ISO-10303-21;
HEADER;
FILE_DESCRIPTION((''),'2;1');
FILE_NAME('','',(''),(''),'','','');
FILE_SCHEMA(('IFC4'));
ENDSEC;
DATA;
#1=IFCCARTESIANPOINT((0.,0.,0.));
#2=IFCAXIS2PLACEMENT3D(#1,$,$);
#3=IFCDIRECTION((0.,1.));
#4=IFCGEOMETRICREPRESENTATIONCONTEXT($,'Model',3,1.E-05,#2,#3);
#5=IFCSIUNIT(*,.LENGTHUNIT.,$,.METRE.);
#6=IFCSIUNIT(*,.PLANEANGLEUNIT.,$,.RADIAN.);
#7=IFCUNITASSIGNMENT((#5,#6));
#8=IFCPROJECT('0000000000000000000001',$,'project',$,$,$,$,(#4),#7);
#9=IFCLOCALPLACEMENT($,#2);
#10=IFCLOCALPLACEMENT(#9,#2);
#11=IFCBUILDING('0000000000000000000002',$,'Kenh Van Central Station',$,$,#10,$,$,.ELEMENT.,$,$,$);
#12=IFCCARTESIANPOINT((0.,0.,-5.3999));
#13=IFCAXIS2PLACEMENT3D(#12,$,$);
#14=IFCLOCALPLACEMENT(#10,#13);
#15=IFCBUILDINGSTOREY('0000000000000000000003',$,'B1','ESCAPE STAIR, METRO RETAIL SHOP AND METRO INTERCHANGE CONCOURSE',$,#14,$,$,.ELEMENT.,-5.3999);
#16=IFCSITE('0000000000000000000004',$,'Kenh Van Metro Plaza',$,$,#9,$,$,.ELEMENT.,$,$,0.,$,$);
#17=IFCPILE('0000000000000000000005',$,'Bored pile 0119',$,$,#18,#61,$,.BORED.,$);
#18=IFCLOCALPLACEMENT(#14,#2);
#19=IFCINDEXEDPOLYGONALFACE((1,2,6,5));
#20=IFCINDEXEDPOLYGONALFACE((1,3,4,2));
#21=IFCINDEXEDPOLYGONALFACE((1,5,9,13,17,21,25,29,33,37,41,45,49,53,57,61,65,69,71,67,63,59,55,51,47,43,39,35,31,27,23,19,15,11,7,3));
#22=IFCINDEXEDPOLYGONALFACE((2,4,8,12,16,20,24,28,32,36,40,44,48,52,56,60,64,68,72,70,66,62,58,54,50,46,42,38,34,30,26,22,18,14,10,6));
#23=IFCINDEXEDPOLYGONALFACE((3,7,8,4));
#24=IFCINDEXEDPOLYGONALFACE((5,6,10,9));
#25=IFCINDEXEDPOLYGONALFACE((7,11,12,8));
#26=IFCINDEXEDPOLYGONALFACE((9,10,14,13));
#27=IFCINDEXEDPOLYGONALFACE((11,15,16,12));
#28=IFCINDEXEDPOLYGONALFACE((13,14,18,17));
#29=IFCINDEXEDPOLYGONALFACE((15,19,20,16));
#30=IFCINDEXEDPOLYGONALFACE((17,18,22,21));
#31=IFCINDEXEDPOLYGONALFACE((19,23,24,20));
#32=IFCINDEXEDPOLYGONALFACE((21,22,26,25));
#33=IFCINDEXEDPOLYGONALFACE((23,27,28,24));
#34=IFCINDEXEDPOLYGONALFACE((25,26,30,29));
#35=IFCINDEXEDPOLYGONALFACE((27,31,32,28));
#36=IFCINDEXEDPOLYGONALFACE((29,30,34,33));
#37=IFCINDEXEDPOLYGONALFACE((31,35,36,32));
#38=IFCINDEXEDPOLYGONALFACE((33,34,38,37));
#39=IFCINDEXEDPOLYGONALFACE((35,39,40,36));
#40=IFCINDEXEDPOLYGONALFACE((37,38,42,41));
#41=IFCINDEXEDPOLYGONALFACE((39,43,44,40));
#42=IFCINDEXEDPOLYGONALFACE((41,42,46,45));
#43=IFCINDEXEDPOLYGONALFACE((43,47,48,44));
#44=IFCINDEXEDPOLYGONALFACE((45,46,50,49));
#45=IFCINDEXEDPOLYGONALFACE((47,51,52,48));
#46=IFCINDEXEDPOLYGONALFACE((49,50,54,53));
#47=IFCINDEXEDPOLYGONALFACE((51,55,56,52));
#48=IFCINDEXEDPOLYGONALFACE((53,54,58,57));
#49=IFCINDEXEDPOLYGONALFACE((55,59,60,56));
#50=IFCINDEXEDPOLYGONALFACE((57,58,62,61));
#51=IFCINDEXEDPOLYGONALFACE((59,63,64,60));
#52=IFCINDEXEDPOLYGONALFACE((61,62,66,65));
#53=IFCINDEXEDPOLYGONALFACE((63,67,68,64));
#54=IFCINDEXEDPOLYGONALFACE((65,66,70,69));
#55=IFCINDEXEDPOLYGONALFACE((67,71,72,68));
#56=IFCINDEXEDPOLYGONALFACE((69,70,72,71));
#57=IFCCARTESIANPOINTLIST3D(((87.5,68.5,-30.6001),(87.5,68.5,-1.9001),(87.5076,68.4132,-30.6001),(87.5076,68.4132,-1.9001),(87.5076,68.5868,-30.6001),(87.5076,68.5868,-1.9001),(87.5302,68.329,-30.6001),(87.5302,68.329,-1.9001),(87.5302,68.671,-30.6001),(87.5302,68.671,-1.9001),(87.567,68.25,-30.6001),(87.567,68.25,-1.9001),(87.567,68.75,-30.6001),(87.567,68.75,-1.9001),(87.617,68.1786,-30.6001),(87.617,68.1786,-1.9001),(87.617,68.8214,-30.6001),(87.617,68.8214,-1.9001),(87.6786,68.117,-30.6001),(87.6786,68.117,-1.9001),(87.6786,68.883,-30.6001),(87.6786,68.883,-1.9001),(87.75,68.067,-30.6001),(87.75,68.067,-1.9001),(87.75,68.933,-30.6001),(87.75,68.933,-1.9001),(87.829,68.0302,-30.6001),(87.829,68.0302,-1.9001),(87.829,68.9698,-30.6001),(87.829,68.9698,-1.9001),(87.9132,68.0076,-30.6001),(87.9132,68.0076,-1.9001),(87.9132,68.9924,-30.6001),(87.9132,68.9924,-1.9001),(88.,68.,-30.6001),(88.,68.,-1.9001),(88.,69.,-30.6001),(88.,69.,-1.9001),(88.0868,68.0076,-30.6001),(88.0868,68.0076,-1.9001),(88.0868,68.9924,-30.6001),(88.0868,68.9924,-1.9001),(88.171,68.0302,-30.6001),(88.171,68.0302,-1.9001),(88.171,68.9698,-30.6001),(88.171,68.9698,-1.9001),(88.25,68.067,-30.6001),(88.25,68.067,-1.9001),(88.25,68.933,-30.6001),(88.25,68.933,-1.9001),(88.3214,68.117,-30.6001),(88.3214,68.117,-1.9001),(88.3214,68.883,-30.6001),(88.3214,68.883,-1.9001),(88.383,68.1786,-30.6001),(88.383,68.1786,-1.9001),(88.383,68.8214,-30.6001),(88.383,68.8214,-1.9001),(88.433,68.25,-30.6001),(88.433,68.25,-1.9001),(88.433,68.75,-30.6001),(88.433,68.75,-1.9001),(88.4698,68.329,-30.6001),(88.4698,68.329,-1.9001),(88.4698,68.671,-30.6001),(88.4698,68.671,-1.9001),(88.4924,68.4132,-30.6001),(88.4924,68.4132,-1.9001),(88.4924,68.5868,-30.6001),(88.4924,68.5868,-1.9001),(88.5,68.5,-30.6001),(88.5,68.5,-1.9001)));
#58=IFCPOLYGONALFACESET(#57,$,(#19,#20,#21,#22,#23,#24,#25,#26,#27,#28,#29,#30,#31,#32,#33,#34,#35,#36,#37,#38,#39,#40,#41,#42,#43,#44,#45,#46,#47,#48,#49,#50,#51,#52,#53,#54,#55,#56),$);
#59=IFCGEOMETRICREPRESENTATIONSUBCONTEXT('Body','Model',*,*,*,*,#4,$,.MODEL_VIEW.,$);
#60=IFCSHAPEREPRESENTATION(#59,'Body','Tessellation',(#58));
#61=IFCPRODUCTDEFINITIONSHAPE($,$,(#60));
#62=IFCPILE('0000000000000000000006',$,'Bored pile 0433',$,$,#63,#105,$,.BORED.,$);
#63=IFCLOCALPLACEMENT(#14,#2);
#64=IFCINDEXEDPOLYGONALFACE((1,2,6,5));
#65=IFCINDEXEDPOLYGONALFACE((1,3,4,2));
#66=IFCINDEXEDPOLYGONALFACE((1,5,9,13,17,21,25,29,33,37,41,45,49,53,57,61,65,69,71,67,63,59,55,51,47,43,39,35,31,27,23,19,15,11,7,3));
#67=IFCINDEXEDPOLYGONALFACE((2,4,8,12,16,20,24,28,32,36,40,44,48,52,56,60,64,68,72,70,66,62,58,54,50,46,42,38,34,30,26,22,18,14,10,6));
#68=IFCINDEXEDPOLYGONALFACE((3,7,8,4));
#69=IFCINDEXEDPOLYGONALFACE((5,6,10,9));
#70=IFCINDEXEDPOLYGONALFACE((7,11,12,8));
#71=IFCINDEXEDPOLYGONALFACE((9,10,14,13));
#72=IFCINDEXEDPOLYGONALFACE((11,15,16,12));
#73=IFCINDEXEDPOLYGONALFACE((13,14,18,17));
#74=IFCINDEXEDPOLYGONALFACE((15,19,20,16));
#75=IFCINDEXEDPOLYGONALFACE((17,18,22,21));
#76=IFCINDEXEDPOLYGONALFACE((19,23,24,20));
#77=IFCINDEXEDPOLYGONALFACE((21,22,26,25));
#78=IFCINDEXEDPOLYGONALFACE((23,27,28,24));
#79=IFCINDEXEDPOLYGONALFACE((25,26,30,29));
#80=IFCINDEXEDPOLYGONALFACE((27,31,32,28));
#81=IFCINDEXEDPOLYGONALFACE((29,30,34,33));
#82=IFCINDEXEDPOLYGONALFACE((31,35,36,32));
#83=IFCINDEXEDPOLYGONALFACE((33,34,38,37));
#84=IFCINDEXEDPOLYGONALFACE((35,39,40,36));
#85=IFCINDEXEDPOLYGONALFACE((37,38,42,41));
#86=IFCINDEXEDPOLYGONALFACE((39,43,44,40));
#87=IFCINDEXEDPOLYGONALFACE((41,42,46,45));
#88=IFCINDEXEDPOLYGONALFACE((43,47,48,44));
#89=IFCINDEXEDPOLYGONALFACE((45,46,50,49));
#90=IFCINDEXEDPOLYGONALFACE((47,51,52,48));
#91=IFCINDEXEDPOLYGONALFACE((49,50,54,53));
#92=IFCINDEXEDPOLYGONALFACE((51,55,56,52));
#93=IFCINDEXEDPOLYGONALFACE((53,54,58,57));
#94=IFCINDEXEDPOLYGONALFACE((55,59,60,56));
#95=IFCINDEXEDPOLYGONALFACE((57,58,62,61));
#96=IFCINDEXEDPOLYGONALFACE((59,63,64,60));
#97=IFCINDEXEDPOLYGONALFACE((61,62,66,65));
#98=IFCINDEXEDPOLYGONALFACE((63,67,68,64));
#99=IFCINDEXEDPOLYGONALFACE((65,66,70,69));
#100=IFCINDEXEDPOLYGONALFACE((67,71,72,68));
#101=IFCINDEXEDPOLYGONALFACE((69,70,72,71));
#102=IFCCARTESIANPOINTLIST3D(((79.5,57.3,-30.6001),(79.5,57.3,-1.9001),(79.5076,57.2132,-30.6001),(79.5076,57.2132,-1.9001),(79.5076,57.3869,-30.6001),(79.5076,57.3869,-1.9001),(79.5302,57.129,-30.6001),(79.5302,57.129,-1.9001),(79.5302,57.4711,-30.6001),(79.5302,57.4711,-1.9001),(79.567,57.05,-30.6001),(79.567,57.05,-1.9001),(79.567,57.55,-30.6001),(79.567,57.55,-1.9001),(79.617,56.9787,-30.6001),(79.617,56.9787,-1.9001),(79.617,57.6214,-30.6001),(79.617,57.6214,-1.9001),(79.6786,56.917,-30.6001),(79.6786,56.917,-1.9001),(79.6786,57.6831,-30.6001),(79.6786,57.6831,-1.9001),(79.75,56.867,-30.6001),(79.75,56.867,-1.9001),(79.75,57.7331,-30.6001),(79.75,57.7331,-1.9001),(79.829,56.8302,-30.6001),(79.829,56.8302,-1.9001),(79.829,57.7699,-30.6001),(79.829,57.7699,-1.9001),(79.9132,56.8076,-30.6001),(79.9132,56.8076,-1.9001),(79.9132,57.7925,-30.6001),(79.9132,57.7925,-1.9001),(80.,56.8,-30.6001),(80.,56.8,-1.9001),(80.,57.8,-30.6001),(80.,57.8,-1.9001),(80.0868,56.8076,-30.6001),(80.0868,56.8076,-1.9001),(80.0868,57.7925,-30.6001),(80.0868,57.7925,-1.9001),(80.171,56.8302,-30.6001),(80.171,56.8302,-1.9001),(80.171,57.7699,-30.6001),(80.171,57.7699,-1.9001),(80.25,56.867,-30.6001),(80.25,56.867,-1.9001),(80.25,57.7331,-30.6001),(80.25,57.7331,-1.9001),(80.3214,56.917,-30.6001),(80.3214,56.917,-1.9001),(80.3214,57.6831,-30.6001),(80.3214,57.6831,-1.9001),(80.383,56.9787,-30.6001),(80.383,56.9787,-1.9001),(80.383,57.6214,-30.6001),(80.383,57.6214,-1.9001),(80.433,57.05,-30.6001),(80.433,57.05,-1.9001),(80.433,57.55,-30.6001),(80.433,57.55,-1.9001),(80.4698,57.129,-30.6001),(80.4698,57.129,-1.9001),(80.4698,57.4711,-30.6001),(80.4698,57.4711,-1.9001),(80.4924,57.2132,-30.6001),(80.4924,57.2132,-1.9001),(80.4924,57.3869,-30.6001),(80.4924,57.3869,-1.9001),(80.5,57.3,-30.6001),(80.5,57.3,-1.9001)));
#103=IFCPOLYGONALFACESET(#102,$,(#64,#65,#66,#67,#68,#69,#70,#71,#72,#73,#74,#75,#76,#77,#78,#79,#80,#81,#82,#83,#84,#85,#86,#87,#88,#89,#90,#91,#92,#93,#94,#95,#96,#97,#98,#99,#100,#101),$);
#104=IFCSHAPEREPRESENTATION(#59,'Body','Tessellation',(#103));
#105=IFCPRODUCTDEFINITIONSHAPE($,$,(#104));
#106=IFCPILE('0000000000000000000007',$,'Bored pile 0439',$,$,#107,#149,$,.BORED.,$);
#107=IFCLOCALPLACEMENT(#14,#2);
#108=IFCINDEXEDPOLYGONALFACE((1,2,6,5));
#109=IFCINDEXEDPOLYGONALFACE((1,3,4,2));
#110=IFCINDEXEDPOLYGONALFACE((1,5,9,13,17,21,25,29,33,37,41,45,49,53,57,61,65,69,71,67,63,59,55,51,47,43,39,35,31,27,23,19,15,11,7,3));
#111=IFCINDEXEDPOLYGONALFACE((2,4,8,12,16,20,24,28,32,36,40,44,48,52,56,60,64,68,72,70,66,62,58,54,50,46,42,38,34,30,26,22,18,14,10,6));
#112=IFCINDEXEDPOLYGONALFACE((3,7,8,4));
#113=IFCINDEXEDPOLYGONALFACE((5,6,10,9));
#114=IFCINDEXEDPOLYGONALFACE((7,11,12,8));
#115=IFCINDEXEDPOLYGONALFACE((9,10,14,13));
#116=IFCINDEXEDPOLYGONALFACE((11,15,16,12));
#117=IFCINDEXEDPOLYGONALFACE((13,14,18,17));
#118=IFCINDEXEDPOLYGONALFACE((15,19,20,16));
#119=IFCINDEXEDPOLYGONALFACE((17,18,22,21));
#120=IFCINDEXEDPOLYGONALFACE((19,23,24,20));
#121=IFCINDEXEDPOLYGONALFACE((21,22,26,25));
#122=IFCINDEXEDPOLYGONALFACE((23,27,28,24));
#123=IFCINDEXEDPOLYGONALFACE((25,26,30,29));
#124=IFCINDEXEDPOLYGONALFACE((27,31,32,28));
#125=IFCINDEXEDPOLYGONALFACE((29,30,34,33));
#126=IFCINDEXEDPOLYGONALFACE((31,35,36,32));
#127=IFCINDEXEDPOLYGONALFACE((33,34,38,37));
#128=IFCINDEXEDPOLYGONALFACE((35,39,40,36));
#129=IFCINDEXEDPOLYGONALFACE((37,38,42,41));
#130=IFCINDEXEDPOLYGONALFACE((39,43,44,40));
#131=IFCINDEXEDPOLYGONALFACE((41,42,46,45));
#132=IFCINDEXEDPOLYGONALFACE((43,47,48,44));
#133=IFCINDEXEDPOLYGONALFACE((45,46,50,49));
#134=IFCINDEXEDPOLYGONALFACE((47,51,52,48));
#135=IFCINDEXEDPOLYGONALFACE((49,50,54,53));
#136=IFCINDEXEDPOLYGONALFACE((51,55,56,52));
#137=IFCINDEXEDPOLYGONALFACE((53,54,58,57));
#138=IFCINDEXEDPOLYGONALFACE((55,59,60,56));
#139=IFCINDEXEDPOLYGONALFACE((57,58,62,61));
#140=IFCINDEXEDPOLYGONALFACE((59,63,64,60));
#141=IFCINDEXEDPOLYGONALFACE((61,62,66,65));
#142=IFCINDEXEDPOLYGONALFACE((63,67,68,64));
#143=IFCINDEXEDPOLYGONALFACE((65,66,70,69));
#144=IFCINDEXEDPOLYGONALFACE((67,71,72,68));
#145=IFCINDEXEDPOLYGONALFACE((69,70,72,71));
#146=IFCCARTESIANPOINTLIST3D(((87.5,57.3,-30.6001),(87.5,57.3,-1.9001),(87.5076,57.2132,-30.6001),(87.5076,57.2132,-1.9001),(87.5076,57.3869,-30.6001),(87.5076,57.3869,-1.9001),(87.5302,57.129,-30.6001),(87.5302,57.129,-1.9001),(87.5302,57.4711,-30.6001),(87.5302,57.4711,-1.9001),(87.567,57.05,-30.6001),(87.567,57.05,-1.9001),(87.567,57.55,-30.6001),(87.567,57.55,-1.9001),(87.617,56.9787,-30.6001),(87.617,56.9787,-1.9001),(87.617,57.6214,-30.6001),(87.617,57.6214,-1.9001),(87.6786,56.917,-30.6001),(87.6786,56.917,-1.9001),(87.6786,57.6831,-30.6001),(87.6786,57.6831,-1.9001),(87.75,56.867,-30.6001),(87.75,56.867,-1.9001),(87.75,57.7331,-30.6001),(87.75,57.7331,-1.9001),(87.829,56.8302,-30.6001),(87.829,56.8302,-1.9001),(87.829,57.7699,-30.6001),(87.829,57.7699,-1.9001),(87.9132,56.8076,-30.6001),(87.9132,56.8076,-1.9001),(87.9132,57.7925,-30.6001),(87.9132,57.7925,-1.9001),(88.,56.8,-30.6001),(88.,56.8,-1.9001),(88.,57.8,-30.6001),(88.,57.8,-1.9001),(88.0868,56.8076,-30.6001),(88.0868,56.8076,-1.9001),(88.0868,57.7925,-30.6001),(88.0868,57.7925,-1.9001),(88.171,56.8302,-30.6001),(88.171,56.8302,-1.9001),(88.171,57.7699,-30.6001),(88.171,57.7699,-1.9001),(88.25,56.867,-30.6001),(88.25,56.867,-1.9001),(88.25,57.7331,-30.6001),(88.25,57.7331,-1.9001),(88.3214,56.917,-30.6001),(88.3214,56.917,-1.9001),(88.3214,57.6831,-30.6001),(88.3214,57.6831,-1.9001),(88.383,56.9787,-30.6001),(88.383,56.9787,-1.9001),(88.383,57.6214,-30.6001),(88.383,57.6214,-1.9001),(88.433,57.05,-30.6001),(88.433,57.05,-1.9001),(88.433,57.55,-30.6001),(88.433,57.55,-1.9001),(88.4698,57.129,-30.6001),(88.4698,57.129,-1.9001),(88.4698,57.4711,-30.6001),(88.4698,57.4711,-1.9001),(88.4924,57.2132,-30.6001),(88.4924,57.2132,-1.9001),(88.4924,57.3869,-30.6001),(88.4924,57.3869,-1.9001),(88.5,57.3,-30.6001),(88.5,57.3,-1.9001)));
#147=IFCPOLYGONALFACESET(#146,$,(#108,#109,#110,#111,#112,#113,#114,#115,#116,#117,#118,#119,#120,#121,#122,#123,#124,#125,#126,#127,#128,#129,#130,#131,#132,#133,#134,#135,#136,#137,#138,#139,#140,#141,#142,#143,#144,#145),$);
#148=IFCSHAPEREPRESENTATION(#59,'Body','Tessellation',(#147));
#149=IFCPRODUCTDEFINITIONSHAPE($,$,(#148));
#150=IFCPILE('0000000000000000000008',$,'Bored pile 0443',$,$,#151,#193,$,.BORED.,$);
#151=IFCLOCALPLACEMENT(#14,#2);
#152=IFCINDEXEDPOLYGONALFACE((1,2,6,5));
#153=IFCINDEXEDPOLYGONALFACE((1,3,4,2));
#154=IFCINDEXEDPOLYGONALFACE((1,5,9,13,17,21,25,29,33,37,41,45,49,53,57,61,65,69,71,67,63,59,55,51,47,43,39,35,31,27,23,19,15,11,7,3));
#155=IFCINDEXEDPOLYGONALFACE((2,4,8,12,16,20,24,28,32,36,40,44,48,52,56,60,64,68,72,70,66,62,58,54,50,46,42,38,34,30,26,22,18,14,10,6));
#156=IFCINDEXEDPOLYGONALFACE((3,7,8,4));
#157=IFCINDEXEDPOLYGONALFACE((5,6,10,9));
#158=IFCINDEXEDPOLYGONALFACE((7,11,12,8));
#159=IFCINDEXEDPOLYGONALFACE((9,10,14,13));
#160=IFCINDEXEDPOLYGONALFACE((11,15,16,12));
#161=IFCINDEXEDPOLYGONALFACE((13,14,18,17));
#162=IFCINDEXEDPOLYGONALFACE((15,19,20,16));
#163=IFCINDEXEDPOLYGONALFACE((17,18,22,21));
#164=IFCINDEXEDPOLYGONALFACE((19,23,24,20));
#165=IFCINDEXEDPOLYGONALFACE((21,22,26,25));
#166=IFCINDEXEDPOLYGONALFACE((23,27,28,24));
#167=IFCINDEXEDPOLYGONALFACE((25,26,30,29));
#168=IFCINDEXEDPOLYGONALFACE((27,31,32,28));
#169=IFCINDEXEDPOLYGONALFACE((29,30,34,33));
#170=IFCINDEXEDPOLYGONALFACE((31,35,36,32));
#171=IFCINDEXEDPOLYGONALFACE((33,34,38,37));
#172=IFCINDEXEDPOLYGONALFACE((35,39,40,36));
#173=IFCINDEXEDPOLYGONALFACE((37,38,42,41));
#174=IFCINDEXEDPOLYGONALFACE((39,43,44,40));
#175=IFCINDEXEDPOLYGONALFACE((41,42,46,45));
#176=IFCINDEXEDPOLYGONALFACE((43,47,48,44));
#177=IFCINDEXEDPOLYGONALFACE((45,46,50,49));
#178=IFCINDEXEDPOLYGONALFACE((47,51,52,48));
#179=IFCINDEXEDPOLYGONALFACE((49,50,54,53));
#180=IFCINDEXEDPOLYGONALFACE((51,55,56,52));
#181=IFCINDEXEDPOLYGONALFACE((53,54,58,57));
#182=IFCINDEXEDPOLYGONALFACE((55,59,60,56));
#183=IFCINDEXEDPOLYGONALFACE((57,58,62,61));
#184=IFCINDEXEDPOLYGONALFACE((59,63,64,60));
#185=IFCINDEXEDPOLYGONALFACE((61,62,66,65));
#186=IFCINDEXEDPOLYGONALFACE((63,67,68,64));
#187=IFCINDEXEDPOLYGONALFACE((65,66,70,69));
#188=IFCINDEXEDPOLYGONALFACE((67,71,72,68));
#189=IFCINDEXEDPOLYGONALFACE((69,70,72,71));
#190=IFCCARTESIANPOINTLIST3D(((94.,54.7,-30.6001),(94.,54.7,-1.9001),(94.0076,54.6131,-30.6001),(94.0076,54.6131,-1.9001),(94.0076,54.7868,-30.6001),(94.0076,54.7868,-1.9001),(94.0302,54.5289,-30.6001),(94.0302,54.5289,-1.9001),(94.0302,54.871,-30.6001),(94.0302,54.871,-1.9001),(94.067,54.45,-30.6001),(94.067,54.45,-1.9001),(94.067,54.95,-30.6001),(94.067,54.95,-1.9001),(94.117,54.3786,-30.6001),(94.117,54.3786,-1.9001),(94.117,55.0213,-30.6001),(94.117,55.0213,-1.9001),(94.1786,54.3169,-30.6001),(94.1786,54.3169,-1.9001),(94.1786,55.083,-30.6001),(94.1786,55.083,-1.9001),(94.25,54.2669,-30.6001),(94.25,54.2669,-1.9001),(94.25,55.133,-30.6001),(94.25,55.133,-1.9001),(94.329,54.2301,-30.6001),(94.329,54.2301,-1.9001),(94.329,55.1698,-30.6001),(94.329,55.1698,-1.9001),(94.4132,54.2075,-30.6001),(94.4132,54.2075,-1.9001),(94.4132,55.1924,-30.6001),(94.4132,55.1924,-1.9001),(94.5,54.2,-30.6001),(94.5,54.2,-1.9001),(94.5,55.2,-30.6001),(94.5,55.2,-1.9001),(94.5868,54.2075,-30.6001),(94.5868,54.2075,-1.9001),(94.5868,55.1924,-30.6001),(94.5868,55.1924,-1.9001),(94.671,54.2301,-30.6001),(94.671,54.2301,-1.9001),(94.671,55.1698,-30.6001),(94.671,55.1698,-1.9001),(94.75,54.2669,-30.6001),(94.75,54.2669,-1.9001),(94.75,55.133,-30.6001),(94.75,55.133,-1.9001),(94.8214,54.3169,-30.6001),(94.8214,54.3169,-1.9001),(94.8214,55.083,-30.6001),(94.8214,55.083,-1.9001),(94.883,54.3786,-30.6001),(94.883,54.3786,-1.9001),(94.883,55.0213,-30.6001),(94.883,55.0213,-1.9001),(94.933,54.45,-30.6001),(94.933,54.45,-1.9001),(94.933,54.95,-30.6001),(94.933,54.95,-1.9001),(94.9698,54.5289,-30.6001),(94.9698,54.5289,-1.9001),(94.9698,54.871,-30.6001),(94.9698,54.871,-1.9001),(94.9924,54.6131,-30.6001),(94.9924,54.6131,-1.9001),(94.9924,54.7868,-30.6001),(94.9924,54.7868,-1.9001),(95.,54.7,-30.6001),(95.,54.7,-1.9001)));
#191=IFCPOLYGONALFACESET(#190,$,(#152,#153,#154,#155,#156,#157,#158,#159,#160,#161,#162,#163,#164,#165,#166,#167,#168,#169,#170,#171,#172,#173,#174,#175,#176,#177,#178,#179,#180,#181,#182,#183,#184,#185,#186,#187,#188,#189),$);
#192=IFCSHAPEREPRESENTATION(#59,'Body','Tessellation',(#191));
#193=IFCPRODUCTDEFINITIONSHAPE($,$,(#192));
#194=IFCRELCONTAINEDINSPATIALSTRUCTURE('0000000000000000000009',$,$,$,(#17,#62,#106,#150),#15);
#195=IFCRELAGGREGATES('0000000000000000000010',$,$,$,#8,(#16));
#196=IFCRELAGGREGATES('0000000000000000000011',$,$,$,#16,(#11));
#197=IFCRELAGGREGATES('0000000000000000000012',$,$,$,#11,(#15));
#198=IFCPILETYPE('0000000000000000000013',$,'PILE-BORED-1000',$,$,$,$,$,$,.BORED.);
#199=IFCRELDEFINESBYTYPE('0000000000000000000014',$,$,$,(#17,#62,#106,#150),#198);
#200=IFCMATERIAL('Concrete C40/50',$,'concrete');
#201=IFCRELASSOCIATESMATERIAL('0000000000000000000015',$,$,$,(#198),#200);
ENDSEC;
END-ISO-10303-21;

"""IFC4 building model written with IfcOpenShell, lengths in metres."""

from ifc_helpers import new_model, si_unit, direction, frame, origin, origin_2d, place, context, subcontext, project, spatial, circle, extrude, material, material_profile, profile_set, type_object, element, save


model = new_model("IFC4")

# Units and contexts
model_context = context("Model", 3, precision=1e-05, world=origin(), true_north=direction((0.0, 1.0)))
body_context = subcontext(model_context, "Body", "Model", "MODEL_VIEW")
ifc_project = project(units=[si_unit("LENGTHUNIT", "METRE"), si_unit("PLANEANGLEUNIT", "RADIAN")], contexts=[model_context])

# Site, building, storey
site_placement = place(None, origin())
site = spatial("IfcSite", under=ifc_project, at=site_placement, Name="Kenh Van Metro Plaza", CompositionType="ELEMENT", RefElevation=0.0)
building_placement = place(site_placement, origin())
building = spatial("IfcBuilding", under=site, at=building_placement, Name="Kenh Van Central Station", CompositionType="ELEMENT")
storey_placement = place(building_placement, frame((0.0, 0.0, -5.3999)))
storey = spatial("IfcBuildingStorey", under=building, at=storey_placement, Name="B1", Description="ESCAPE STAIR, METRO RETAIL SHOP AND METRO INTERCHANGE CONCOURSE", CompositionType="ELEMENT", Elevation=-5.3999)

# Shared definitions
ifc_material = material(Name="Concrete C40/50", Category="concrete")

# Piles
ifc_material_profile_1 = material_profile(ifc_material, circle(Radius=0.5, at=origin_2d()), Name="PILE D1000")
ifc_profile_set_1 = profile_set([ifc_material_profile_1], Name="Concrete C40/50")
pile_type_1 = type_object("IfcPileType", Name="PILE-BORED-1000", PredefinedType="BORED", material=ifc_profile_set_1)
for number, where, z_axis, x_axis, name in (
    (1, (88.0, 68.5, -1.9001), (0.0, 0.0, -1.0), (1.0, 0.0, 0.0), "Bored pile 0119"),
    (2, (80.0, 57.3, -1.9001), (0.0, 0.0, -1.0), (1.0, 0.0, 0.0), "Bored pile 0433"),
    (3, (88.0, 57.3, -1.9001), (0.0, 0.0, -1.0), (1.0, 0.0, 0.0), "Bored pile 0439"),
    (4, (94.5, 54.7, -1.9001), (0.0, 0.0, -1.0), (1.0, 0.0, 0.0), "Bored pile 0443"),
):
    element("IfcPile", number, at=place(storey_placement, frame(where, z_axis=z_axis, x_axis=x_axis)), inside=storey, type_object=pile_type_1, Name=name, PredefinedType="BORED", context=body_context, shape_type="SweptSolid", body=[
        extrude(circle(Radius=0.5, at=origin_2d()), origin(), (0.0, 0.0, 1.0), 28.7),
    ])

save(model, "model.ifc")
